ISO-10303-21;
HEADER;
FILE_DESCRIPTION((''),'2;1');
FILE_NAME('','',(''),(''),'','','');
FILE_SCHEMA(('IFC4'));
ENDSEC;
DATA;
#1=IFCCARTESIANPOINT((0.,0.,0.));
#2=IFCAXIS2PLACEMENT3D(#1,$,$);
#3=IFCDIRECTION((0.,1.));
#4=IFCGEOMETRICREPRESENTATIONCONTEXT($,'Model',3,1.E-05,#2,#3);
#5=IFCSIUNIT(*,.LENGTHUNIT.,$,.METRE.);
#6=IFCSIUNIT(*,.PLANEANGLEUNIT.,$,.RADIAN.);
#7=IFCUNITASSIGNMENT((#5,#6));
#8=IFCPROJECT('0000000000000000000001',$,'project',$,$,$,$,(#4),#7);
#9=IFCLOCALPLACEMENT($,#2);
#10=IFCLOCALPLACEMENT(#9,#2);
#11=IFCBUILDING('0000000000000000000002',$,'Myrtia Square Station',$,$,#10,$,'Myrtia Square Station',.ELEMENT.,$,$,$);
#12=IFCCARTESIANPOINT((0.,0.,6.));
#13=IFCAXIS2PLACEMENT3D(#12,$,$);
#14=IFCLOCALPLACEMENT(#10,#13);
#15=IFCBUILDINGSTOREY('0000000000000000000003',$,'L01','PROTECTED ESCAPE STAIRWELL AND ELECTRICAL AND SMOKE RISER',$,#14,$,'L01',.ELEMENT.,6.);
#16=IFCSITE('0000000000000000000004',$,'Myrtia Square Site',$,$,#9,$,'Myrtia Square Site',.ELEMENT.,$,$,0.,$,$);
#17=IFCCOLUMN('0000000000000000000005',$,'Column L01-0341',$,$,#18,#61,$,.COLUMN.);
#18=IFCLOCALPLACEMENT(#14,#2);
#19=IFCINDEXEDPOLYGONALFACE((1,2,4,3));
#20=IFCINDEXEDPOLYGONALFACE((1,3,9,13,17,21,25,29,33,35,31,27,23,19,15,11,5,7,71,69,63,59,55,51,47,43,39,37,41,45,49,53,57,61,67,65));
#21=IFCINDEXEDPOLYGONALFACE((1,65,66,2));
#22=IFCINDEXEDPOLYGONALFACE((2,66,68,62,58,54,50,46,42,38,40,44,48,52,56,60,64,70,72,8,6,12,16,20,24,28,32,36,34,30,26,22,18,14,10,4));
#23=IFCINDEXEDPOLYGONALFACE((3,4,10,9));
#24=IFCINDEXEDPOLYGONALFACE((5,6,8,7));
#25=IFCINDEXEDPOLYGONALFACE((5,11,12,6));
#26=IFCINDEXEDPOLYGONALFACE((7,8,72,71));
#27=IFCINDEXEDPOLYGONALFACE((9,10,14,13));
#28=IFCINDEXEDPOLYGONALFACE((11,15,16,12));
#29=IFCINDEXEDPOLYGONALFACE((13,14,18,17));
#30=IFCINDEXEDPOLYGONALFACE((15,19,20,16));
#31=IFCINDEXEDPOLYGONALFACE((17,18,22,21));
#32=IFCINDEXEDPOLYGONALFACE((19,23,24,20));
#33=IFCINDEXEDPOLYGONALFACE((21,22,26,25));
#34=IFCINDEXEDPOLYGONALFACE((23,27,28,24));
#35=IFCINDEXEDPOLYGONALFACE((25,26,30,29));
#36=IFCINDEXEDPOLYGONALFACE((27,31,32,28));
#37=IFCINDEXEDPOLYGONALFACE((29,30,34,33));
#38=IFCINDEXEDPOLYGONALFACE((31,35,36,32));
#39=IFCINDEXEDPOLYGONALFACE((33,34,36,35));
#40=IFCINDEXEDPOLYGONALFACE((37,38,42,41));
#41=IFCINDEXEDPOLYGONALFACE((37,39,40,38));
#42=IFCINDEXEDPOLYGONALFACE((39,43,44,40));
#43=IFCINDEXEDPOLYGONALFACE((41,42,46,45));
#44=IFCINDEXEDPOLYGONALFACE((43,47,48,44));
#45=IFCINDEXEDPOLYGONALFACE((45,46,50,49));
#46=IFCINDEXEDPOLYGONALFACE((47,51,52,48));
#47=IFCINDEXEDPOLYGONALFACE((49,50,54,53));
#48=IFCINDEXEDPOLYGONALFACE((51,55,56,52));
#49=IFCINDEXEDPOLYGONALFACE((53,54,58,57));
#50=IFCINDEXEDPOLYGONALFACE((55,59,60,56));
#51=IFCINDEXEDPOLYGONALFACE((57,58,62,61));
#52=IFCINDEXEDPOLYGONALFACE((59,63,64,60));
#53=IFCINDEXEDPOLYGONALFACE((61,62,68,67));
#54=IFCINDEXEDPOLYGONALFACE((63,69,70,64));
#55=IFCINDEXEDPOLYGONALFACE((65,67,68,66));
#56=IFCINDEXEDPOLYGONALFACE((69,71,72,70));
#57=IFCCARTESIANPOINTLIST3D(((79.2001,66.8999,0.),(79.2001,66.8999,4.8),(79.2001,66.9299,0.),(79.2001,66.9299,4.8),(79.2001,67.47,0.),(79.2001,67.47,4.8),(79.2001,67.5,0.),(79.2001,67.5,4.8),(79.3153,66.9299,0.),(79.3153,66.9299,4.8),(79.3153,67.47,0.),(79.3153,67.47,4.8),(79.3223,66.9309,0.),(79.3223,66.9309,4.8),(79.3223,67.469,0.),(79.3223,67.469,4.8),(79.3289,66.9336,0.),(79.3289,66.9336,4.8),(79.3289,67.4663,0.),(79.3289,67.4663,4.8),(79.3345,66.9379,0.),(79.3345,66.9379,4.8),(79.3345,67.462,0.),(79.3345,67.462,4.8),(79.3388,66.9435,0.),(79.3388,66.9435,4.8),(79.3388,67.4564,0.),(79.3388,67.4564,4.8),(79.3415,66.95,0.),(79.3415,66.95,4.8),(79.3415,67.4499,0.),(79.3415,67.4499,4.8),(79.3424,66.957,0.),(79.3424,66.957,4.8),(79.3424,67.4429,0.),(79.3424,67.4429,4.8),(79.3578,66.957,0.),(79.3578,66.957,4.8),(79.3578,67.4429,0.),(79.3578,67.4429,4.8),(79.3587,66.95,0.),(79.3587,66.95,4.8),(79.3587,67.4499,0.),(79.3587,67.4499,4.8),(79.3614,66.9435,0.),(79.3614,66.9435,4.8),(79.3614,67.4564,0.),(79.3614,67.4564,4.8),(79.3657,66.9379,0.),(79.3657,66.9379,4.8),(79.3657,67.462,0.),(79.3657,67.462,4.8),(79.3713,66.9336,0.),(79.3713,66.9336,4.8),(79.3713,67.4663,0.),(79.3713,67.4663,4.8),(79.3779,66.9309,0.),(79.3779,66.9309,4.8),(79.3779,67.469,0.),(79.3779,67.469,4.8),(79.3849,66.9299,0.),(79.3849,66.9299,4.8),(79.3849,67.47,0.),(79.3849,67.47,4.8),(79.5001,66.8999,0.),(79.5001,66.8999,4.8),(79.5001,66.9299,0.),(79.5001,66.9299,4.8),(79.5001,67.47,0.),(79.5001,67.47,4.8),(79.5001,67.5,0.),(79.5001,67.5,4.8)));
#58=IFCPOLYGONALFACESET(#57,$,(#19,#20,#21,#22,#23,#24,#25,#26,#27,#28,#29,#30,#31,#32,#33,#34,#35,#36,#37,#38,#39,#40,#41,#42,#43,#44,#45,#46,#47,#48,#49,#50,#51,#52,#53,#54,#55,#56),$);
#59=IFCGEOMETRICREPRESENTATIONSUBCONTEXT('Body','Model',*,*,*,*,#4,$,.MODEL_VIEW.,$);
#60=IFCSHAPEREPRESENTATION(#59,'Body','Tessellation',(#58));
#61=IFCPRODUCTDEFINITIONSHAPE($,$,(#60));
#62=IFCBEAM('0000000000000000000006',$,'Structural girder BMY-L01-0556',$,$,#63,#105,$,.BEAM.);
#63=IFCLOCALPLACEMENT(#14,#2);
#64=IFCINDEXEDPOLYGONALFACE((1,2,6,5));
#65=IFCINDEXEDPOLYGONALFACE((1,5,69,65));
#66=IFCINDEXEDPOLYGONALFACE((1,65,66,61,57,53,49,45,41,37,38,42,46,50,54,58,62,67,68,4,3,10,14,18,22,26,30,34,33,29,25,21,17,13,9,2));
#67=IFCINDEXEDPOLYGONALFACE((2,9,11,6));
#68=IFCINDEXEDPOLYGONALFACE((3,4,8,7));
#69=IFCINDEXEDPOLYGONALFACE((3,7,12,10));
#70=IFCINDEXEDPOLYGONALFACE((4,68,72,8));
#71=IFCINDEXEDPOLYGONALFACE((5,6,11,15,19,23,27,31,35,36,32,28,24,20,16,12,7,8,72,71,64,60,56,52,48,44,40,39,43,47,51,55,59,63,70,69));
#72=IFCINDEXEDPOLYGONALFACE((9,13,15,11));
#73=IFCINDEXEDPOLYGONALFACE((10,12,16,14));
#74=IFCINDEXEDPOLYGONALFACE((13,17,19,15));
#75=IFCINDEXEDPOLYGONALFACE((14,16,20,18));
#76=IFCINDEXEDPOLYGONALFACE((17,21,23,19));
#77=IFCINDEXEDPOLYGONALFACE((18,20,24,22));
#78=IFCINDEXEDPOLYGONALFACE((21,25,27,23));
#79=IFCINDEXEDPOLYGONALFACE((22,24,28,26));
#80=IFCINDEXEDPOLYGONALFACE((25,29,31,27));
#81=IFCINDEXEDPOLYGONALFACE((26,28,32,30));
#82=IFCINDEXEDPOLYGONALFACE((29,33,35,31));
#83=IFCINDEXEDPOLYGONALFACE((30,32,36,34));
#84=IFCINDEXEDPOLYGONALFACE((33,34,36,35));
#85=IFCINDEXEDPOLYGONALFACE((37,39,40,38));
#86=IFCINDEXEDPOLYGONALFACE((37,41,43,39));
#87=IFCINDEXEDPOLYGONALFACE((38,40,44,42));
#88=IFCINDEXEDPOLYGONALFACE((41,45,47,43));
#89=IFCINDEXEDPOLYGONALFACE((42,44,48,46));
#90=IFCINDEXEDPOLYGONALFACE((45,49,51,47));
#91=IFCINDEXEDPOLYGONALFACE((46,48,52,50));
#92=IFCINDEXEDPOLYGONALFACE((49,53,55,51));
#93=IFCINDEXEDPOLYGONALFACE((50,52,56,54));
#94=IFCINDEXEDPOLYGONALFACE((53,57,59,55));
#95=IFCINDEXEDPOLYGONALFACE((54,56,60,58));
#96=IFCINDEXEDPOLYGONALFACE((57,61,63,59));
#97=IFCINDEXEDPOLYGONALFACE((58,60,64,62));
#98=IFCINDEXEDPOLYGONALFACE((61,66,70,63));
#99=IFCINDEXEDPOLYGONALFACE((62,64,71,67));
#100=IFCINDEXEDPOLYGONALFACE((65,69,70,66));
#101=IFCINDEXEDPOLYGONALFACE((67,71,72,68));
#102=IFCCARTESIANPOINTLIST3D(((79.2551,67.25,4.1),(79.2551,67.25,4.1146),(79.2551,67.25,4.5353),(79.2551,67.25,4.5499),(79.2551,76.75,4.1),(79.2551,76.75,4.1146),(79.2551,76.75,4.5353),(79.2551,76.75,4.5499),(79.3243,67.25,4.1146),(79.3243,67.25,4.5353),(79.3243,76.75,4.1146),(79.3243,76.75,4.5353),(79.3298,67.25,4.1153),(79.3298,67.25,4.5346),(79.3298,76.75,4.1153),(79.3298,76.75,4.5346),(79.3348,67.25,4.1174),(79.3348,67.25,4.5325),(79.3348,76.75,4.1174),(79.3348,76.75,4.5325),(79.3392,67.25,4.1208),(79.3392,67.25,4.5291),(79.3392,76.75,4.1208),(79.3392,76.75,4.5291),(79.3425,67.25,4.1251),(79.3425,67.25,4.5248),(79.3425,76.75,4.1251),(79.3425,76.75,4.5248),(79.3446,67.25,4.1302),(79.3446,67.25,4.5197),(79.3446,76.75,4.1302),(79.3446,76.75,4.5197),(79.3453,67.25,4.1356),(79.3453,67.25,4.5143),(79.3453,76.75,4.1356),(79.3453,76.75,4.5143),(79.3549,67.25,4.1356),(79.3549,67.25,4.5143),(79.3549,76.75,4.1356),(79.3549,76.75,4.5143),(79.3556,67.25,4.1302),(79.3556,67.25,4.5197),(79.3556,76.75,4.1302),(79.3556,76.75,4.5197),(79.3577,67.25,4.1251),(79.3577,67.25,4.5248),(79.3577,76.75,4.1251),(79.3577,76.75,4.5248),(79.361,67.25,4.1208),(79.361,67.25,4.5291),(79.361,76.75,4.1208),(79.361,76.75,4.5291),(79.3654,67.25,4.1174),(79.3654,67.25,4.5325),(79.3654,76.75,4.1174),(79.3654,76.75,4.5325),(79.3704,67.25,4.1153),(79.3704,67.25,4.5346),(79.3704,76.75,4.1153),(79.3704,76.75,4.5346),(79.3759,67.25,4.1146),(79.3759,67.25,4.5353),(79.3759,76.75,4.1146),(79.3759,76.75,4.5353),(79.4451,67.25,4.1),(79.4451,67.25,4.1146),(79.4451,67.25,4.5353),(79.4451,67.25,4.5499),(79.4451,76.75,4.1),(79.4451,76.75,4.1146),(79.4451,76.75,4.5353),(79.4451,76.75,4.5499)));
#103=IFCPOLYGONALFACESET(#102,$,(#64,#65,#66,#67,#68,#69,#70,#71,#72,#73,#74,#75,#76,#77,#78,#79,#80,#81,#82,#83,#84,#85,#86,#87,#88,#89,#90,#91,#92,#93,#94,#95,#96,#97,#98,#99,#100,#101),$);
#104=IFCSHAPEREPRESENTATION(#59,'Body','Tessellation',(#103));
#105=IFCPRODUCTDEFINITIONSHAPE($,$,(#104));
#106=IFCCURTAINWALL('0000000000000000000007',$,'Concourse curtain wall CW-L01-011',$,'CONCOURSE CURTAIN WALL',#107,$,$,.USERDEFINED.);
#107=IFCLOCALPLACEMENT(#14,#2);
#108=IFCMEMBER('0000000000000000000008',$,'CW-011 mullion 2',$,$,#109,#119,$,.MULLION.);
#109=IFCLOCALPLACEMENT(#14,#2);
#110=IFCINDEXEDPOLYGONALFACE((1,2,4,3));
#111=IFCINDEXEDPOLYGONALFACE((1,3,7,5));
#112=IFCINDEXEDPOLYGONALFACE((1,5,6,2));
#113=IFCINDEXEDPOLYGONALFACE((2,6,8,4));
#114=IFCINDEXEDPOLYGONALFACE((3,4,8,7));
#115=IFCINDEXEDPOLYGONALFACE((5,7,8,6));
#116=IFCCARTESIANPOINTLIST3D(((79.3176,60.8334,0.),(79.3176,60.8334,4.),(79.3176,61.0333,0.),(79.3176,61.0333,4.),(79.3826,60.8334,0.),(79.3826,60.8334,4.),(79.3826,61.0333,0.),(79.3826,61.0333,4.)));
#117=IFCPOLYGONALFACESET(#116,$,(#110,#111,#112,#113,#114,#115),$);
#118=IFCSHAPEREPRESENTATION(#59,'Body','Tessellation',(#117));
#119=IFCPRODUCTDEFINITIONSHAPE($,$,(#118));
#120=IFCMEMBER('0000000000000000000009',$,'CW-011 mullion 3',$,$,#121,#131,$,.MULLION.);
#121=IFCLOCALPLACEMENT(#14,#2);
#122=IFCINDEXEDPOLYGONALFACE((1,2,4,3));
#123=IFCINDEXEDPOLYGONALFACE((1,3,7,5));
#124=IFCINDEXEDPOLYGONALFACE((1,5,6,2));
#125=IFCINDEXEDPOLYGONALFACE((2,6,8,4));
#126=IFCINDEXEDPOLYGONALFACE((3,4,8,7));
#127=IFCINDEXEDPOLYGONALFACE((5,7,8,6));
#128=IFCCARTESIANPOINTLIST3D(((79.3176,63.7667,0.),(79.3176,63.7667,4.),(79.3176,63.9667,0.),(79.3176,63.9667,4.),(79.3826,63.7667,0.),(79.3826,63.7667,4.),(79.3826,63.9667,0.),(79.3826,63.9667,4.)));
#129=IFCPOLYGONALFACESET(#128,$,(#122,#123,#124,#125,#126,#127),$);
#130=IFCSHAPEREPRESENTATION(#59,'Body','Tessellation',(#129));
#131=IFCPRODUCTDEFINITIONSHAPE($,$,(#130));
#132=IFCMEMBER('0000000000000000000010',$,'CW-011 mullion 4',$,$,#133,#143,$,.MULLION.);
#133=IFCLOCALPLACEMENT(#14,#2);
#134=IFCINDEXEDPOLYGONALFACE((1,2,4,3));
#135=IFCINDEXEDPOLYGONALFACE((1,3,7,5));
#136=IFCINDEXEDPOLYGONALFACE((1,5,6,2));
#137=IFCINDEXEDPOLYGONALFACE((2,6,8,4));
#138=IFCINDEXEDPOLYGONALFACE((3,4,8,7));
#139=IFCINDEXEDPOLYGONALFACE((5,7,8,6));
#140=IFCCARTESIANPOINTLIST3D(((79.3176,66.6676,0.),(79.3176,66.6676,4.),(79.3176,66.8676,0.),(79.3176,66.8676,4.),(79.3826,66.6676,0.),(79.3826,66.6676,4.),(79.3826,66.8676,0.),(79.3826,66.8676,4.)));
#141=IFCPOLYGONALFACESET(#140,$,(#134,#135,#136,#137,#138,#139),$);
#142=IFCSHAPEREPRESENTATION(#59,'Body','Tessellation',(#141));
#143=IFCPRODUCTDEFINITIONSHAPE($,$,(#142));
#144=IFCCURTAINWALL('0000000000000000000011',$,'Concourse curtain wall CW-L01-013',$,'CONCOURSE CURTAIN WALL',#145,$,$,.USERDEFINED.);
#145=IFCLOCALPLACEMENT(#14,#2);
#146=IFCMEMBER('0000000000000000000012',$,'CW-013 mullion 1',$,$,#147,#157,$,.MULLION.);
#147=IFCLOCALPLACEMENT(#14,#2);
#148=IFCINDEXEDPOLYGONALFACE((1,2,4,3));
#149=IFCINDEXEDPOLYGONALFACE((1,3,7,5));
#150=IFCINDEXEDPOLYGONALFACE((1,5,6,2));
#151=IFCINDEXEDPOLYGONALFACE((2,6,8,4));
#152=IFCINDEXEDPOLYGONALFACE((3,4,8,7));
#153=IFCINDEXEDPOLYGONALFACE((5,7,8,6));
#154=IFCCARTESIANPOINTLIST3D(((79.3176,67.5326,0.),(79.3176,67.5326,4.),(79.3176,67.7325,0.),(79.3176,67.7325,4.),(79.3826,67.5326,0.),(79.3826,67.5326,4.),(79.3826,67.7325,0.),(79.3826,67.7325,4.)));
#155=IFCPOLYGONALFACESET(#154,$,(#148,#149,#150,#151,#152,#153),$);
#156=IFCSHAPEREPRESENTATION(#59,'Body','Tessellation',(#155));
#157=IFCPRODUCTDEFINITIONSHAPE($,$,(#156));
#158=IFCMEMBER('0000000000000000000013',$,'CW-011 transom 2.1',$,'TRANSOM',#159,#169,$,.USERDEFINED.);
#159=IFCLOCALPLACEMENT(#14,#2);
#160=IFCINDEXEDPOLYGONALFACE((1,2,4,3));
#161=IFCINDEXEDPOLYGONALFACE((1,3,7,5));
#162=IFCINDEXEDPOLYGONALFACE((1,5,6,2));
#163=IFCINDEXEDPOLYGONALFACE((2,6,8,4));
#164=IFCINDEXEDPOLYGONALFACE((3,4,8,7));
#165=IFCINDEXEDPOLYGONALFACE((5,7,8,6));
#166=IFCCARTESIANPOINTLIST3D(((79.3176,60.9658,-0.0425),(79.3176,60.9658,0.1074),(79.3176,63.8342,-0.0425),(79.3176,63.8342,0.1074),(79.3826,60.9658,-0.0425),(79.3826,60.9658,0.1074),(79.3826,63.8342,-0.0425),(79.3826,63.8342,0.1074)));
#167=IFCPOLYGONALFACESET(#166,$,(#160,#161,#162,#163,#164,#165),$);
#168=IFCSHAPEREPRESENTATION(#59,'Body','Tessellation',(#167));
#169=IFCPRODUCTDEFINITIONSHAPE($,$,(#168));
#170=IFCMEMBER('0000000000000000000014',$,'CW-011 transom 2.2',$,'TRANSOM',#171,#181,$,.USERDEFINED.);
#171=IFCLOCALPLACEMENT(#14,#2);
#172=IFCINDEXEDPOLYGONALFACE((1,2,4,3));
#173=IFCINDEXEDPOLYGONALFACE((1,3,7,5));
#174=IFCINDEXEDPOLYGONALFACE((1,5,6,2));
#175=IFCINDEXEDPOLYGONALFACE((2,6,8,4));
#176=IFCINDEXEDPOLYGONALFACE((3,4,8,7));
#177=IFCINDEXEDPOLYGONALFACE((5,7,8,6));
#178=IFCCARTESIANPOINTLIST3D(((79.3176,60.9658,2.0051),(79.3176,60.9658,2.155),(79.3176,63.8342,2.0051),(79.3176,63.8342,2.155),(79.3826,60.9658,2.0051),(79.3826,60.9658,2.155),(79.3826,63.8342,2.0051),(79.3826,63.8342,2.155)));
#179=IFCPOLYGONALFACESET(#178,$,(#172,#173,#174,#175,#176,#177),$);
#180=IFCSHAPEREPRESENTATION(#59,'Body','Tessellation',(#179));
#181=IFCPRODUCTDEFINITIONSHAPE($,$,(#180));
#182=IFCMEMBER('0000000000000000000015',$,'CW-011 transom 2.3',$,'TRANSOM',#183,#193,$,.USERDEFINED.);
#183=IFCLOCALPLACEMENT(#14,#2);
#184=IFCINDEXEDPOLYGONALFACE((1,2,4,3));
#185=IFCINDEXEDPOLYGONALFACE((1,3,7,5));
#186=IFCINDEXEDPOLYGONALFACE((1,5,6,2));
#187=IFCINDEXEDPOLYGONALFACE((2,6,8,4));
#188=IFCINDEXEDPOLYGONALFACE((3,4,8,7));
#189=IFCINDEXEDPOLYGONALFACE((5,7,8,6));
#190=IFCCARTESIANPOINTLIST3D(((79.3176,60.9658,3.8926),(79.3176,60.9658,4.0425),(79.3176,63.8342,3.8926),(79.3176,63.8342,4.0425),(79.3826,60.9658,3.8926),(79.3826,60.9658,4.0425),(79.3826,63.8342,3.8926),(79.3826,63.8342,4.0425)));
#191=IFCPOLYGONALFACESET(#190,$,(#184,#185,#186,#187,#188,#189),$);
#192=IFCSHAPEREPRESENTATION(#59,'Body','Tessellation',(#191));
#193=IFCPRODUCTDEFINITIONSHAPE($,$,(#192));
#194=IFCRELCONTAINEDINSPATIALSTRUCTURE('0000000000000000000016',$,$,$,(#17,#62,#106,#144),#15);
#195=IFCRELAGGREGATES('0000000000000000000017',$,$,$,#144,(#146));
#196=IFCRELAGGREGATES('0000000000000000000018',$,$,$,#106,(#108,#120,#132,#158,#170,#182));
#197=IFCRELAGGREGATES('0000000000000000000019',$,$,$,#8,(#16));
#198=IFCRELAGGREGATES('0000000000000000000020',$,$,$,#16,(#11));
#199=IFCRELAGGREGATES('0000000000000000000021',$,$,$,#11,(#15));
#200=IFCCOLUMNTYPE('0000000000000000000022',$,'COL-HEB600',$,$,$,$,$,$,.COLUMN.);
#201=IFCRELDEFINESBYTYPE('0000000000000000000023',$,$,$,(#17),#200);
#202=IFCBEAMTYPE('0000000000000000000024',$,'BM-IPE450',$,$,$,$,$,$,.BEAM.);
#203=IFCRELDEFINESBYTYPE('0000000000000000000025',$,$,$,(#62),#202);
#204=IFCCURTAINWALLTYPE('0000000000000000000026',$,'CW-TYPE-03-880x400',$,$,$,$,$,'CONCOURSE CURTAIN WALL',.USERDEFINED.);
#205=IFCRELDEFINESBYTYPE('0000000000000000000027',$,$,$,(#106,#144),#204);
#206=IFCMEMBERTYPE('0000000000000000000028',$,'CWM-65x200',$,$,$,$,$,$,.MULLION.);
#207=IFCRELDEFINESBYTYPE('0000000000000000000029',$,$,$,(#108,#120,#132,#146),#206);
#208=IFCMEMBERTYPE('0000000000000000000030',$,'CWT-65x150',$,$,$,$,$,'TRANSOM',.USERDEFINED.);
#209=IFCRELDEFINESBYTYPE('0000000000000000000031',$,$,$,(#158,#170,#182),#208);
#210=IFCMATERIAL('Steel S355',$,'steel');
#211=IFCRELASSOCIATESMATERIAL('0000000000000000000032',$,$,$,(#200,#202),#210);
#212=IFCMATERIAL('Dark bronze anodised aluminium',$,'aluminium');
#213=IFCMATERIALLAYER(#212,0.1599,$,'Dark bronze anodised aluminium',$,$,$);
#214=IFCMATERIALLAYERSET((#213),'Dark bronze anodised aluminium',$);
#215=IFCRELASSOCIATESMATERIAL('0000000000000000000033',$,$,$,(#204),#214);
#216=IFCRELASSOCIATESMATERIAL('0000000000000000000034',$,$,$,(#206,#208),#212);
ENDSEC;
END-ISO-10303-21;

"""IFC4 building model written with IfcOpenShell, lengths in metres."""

from ifc_helpers import new_model, si_unit, direction, frame, origin, origin_2d, place, context, subcontext, project, spatial, rectangle, i_section, extrude, material, layer, layer_set, material_profile, profile_set, type_object, element, aggregate, save


model = new_model("IFC4")

# Units and contexts
model_context = context("Model", 3, precision=1e-05, world=origin(), true_north=direction((0.0, 1.0)))
body_context = subcontext(model_context, "Body", "Model", "MODEL_VIEW")
ifc_project = project(units=[si_unit("LENGTHUNIT", "METRE"), si_unit("PLANEANGLEUNIT", "RADIAN")], contexts=[model_context])

# Site, building, storey
site_placement = place(None, origin())
site = spatial("IfcSite", under=ifc_project, at=site_placement, Name="Myrtia Square Site", LongName="Myrtia Square Site", CompositionType="ELEMENT", RefElevation=0.0)
building_placement = place(site_placement, origin())
building = spatial("IfcBuilding", under=site, at=building_placement, Name="Myrtia Square Station", LongName="Myrtia Square Station", CompositionType="ELEMENT")
storey_placement = place(building_placement, frame((0.0, 0.0, 6.0)))
storey = spatial("IfcBuildingStorey", under=building, at=storey_placement, Name="L01", Description="PROTECTED ESCAPE STAIRWELL AND ELECTRICAL AND SMOKE RISER", LongName="L01", CompositionType="ELEMENT", Elevation=6.0)

# Column
ifc_material_1 = material(Name="Steel S355", Category="steel")
ifc_material_profile_1 = material_profile(ifc_material_1, i_section(OverallWidth=0.3, OverallDepth=0.6001, WebThickness=0.0154, FlangeThickness=0.03, FilletRadius=0.0271, at=origin_2d()), Name="HEB 600")
ifc_profile_set_1 = profile_set([ifc_material_profile_1], Name="Steel S355")
column_type = type_object("IfcColumnType", Name="COL-HEB600", PredefinedType="COLUMN", material=ifc_profile_set_1)
column_placement = place(storey_placement, frame((79.3501, 67.2, 0.0), z_axis=(0.0, 0.0, 1.0), x_axis=(1.0, 0.0, 0.0)))
element("IfcColumn", 1, at=column_placement, inside=storey, type_object=column_type, Name="Column L01-0341", PredefinedType="COLUMN", context=body_context, shape_type="SweptSolid", body=[
    extrude(i_section(OverallWidth=0.3, OverallDepth=0.6001, WebThickness=0.0154, FlangeThickness=0.03, FilletRadius=0.0271, at=origin_2d()), origin(), (0.0, 0.0, 1.0), 4.8),
])

# Beam
ifc_material_profile_2 = material_profile(ifc_material_1, i_section(OverallWidth=0.1899, OverallDepth=0.45, WebThickness=0.0095, FlangeThickness=0.0146, FilletRadius=0.021, at=origin_2d()), Name="IPE 450")
ifc_profile_set_2 = profile_set([ifc_material_profile_2], Name="Steel S355")
beam_type = type_object("IfcBeamType", Name="BM-IPE450", PredefinedType="BEAM", material=ifc_profile_set_2)
beam_placement = place(storey_placement, frame((79.3501, 67.25, 4.325), z_axis=(0.0, 1.0, 0.0), x_axis=(-1.0, 0.0, 0.0)))
element("IfcBeam", 2, at=beam_placement, inside=storey, type_object=beam_type, Name="Structural girder BMY-L01-0556", PredefinedType="BEAM", context=body_context, shape_type="SweptSolid", body=[
    extrude(i_section(OverallWidth=0.1899, OverallDepth=0.45, WebThickness=0.0095, FlangeThickness=0.0146, FilletRadius=0.021, at=origin_2d()), origin(), (0.0, 0.0, 1.0), 9.5),
])

# Curtain wall, members
ifc_material_2 = material(Name="Dark bronze anodised aluminium", Category="aluminium")
ifc_layer_1 = layer(ifc_material_2, 0.1599, Name="Dark bronze anodised aluminium")
ifc_layer_set_1 = layer_set([ifc_layer_1], Name="Dark bronze anodised aluminium")
curtain_wall_type = type_object("IfcCurtainWallType", Name="CW-TYPE-03-880x400", ElementType="CONCOURSE CURTAIN WALL", PredefinedType="USERDEFINED", material=ifc_layer_set_1)
curtain_wall_1_placement = place(storey_placement, origin())
curtain_wall_1 = element("IfcCurtainWall", 3, at=curtain_wall_1_placement, inside=storey, type_object=curtain_wall_type, Name="Concourse curtain wall CW-L01-011", ObjectType="CONCOURSE CURTAIN WALL", PredefinedType="USERDEFINED")
ifc_material_profile_3 = material_profile(ifc_material_2, rectangle(XDim=0.0649, YDim=0.2, at=origin_2d()), Name="ALU-M 65x200")
ifc_profile_set_3 = profile_set([ifc_material_profile_3], Name="Dark bronze anodised aluminium")
member_type_1 = type_object("IfcMemberType", Name="CWM-65x200", PredefinedType="MULLION", material=ifc_profile_set_3)
member_1_placement = place(storey_placement, frame((79.3501, 60.9333, 0.0), z_axis=(0.0, 0.0, 1.0), x_axis=(-1.0, 0.0, 0.0)))
member_1 = element("IfcMember", 4, at=member_1_placement, type_object=member_type_1, Name="CW-011 mullion 2", PredefinedType="MULLION", context=body_context, shape_type="SweptSolid", body=[
    extrude(rectangle(XDim=0.0649, YDim=0.2, at=origin_2d()), origin(), (0.0, 0.0, 1.0), 4.0),
])
member_2_placement = place(storey_placement, frame((79.3501, 63.8667, 0.0), z_axis=(0.0, 0.0, 1.0), x_axis=(-1.0, 0.0, 0.0)))
member_2 = element("IfcMember", 5, at=member_2_placement, type_object=member_type_1, Name="CW-011 mullion 3", PredefinedType="MULLION", context=body_context, shape_type="SweptSolid", body=[
    extrude(rectangle(XDim=0.0649, YDim=0.2, at=origin_2d()), origin(), (0.0, 0.0, 1.0), 4.0),
])
member_3_placement = place(storey_placement, frame((79.3501, 66.7676, 0.0), z_axis=(0.0, 0.0, 1.0), x_axis=(-1.0, 0.0, 0.0)))
member_3 = element("IfcMember", 6, at=member_3_placement, type_object=member_type_1, Name="CW-011 mullion 4", PredefinedType="MULLION", context=body_context, shape_type="SweptSolid", body=[
    extrude(rectangle(XDim=0.0649, YDim=0.2, at=origin_2d()), origin(), (0.0, 0.0, 1.0), 4.0),
])

# Curtain wall, member
curtain_wall_2_placement = place(storey_placement, origin())
curtain_wall_2 = element("IfcCurtainWall", 7, at=curtain_wall_2_placement, inside=storey, type_object=curtain_wall_type, Name="Concourse curtain wall CW-L01-013", ObjectType="CONCOURSE CURTAIN WALL", PredefinedType="USERDEFINED")
member_4_placement = place(storey_placement, frame((79.3501, 67.6326, 0.0), z_axis=(0.0, 0.0, 1.0), x_axis=(-1.0, 0.0, 0.0)))
member_4 = element("IfcMember", 8, at=member_4_placement, type_object=member_type_1, Name="CW-013 mullion 1", PredefinedType="MULLION", context=body_context, shape_type="SweptSolid", body=[
    extrude(rectangle(XDim=0.0649, YDim=0.2, at=origin_2d()), origin(), (0.0, 0.0, 1.0), 4.0),
])

# Members
ifc_material_profile_4 = material_profile(ifc_material_2, rectangle(XDim=0.0649, YDim=0.1499, at=origin_2d()), Name="ALU-T 65x150")
ifc_profile_set_4 = profile_set([ifc_material_profile_4], Name="Dark bronze anodised aluminium")
member_type_2 = type_object("IfcMemberType", Name="CWT-65x150", ElementType="TRANSOM", PredefinedType="USERDEFINED", material=ifc_profile_set_4)
member_5_placement = place(storey_placement, frame((79.3501, 60.9658, 0.0325), z_axis=(0.0, 1.0, 0.0), x_axis=(-1.0, 0.0, 0.0)))
member_5 = element("IfcMember", 9, at=member_5_placement, type_object=member_type_2, Name="CW-011 transom 2.1", ObjectType="TRANSOM", PredefinedType="USERDEFINED", context=body_context, shape_type="SweptSolid", body=[
    extrude(rectangle(XDim=0.0649, YDim=0.1499, at=origin_2d()), origin(), (0.0, 0.0, 1.0), 2.8684),
])
member_6_placement = place(storey_placement, frame((79.3501, 60.9658, 2.0801), z_axis=(0.0, 1.0, 0.0), x_axis=(-1.0, 0.0, 0.0)))
member_6 = element("IfcMember", 10, at=member_6_placement, type_object=member_type_2, Name="CW-011 transom 2.2", ObjectType="TRANSOM", PredefinedType="USERDEFINED", context=body_context, shape_type="SweptSolid", body=[
    extrude(rectangle(XDim=0.0649, YDim=0.1499, at=origin_2d()), origin(), (0.0, 0.0, 1.0), 2.8684),
])
member_7_placement = place(storey_placement, frame((79.3501, 60.9658, 3.9675), z_axis=(0.0, 1.0, 0.0), x_axis=(-1.0, 0.0, 0.0)))
member_7 = element("IfcMember", 11, at=member_7_placement, type_object=member_type_2, Name="CW-011 transom 2.3", ObjectType="TRANSOM", PredefinedType="USERDEFINED", context=body_context, shape_type="SweptSolid", body=[
    extrude(rectangle(XDim=0.0649, YDim=0.1499, at=origin_2d()), origin(), (0.0, 0.0, 1.0), 2.8684),
])
aggregate(curtain_wall_2, [member_4])

aggregate(curtain_wall_1, [member_1, member_2, member_3, member_5, member_6, member_7])

save(model, "model.ifc")
